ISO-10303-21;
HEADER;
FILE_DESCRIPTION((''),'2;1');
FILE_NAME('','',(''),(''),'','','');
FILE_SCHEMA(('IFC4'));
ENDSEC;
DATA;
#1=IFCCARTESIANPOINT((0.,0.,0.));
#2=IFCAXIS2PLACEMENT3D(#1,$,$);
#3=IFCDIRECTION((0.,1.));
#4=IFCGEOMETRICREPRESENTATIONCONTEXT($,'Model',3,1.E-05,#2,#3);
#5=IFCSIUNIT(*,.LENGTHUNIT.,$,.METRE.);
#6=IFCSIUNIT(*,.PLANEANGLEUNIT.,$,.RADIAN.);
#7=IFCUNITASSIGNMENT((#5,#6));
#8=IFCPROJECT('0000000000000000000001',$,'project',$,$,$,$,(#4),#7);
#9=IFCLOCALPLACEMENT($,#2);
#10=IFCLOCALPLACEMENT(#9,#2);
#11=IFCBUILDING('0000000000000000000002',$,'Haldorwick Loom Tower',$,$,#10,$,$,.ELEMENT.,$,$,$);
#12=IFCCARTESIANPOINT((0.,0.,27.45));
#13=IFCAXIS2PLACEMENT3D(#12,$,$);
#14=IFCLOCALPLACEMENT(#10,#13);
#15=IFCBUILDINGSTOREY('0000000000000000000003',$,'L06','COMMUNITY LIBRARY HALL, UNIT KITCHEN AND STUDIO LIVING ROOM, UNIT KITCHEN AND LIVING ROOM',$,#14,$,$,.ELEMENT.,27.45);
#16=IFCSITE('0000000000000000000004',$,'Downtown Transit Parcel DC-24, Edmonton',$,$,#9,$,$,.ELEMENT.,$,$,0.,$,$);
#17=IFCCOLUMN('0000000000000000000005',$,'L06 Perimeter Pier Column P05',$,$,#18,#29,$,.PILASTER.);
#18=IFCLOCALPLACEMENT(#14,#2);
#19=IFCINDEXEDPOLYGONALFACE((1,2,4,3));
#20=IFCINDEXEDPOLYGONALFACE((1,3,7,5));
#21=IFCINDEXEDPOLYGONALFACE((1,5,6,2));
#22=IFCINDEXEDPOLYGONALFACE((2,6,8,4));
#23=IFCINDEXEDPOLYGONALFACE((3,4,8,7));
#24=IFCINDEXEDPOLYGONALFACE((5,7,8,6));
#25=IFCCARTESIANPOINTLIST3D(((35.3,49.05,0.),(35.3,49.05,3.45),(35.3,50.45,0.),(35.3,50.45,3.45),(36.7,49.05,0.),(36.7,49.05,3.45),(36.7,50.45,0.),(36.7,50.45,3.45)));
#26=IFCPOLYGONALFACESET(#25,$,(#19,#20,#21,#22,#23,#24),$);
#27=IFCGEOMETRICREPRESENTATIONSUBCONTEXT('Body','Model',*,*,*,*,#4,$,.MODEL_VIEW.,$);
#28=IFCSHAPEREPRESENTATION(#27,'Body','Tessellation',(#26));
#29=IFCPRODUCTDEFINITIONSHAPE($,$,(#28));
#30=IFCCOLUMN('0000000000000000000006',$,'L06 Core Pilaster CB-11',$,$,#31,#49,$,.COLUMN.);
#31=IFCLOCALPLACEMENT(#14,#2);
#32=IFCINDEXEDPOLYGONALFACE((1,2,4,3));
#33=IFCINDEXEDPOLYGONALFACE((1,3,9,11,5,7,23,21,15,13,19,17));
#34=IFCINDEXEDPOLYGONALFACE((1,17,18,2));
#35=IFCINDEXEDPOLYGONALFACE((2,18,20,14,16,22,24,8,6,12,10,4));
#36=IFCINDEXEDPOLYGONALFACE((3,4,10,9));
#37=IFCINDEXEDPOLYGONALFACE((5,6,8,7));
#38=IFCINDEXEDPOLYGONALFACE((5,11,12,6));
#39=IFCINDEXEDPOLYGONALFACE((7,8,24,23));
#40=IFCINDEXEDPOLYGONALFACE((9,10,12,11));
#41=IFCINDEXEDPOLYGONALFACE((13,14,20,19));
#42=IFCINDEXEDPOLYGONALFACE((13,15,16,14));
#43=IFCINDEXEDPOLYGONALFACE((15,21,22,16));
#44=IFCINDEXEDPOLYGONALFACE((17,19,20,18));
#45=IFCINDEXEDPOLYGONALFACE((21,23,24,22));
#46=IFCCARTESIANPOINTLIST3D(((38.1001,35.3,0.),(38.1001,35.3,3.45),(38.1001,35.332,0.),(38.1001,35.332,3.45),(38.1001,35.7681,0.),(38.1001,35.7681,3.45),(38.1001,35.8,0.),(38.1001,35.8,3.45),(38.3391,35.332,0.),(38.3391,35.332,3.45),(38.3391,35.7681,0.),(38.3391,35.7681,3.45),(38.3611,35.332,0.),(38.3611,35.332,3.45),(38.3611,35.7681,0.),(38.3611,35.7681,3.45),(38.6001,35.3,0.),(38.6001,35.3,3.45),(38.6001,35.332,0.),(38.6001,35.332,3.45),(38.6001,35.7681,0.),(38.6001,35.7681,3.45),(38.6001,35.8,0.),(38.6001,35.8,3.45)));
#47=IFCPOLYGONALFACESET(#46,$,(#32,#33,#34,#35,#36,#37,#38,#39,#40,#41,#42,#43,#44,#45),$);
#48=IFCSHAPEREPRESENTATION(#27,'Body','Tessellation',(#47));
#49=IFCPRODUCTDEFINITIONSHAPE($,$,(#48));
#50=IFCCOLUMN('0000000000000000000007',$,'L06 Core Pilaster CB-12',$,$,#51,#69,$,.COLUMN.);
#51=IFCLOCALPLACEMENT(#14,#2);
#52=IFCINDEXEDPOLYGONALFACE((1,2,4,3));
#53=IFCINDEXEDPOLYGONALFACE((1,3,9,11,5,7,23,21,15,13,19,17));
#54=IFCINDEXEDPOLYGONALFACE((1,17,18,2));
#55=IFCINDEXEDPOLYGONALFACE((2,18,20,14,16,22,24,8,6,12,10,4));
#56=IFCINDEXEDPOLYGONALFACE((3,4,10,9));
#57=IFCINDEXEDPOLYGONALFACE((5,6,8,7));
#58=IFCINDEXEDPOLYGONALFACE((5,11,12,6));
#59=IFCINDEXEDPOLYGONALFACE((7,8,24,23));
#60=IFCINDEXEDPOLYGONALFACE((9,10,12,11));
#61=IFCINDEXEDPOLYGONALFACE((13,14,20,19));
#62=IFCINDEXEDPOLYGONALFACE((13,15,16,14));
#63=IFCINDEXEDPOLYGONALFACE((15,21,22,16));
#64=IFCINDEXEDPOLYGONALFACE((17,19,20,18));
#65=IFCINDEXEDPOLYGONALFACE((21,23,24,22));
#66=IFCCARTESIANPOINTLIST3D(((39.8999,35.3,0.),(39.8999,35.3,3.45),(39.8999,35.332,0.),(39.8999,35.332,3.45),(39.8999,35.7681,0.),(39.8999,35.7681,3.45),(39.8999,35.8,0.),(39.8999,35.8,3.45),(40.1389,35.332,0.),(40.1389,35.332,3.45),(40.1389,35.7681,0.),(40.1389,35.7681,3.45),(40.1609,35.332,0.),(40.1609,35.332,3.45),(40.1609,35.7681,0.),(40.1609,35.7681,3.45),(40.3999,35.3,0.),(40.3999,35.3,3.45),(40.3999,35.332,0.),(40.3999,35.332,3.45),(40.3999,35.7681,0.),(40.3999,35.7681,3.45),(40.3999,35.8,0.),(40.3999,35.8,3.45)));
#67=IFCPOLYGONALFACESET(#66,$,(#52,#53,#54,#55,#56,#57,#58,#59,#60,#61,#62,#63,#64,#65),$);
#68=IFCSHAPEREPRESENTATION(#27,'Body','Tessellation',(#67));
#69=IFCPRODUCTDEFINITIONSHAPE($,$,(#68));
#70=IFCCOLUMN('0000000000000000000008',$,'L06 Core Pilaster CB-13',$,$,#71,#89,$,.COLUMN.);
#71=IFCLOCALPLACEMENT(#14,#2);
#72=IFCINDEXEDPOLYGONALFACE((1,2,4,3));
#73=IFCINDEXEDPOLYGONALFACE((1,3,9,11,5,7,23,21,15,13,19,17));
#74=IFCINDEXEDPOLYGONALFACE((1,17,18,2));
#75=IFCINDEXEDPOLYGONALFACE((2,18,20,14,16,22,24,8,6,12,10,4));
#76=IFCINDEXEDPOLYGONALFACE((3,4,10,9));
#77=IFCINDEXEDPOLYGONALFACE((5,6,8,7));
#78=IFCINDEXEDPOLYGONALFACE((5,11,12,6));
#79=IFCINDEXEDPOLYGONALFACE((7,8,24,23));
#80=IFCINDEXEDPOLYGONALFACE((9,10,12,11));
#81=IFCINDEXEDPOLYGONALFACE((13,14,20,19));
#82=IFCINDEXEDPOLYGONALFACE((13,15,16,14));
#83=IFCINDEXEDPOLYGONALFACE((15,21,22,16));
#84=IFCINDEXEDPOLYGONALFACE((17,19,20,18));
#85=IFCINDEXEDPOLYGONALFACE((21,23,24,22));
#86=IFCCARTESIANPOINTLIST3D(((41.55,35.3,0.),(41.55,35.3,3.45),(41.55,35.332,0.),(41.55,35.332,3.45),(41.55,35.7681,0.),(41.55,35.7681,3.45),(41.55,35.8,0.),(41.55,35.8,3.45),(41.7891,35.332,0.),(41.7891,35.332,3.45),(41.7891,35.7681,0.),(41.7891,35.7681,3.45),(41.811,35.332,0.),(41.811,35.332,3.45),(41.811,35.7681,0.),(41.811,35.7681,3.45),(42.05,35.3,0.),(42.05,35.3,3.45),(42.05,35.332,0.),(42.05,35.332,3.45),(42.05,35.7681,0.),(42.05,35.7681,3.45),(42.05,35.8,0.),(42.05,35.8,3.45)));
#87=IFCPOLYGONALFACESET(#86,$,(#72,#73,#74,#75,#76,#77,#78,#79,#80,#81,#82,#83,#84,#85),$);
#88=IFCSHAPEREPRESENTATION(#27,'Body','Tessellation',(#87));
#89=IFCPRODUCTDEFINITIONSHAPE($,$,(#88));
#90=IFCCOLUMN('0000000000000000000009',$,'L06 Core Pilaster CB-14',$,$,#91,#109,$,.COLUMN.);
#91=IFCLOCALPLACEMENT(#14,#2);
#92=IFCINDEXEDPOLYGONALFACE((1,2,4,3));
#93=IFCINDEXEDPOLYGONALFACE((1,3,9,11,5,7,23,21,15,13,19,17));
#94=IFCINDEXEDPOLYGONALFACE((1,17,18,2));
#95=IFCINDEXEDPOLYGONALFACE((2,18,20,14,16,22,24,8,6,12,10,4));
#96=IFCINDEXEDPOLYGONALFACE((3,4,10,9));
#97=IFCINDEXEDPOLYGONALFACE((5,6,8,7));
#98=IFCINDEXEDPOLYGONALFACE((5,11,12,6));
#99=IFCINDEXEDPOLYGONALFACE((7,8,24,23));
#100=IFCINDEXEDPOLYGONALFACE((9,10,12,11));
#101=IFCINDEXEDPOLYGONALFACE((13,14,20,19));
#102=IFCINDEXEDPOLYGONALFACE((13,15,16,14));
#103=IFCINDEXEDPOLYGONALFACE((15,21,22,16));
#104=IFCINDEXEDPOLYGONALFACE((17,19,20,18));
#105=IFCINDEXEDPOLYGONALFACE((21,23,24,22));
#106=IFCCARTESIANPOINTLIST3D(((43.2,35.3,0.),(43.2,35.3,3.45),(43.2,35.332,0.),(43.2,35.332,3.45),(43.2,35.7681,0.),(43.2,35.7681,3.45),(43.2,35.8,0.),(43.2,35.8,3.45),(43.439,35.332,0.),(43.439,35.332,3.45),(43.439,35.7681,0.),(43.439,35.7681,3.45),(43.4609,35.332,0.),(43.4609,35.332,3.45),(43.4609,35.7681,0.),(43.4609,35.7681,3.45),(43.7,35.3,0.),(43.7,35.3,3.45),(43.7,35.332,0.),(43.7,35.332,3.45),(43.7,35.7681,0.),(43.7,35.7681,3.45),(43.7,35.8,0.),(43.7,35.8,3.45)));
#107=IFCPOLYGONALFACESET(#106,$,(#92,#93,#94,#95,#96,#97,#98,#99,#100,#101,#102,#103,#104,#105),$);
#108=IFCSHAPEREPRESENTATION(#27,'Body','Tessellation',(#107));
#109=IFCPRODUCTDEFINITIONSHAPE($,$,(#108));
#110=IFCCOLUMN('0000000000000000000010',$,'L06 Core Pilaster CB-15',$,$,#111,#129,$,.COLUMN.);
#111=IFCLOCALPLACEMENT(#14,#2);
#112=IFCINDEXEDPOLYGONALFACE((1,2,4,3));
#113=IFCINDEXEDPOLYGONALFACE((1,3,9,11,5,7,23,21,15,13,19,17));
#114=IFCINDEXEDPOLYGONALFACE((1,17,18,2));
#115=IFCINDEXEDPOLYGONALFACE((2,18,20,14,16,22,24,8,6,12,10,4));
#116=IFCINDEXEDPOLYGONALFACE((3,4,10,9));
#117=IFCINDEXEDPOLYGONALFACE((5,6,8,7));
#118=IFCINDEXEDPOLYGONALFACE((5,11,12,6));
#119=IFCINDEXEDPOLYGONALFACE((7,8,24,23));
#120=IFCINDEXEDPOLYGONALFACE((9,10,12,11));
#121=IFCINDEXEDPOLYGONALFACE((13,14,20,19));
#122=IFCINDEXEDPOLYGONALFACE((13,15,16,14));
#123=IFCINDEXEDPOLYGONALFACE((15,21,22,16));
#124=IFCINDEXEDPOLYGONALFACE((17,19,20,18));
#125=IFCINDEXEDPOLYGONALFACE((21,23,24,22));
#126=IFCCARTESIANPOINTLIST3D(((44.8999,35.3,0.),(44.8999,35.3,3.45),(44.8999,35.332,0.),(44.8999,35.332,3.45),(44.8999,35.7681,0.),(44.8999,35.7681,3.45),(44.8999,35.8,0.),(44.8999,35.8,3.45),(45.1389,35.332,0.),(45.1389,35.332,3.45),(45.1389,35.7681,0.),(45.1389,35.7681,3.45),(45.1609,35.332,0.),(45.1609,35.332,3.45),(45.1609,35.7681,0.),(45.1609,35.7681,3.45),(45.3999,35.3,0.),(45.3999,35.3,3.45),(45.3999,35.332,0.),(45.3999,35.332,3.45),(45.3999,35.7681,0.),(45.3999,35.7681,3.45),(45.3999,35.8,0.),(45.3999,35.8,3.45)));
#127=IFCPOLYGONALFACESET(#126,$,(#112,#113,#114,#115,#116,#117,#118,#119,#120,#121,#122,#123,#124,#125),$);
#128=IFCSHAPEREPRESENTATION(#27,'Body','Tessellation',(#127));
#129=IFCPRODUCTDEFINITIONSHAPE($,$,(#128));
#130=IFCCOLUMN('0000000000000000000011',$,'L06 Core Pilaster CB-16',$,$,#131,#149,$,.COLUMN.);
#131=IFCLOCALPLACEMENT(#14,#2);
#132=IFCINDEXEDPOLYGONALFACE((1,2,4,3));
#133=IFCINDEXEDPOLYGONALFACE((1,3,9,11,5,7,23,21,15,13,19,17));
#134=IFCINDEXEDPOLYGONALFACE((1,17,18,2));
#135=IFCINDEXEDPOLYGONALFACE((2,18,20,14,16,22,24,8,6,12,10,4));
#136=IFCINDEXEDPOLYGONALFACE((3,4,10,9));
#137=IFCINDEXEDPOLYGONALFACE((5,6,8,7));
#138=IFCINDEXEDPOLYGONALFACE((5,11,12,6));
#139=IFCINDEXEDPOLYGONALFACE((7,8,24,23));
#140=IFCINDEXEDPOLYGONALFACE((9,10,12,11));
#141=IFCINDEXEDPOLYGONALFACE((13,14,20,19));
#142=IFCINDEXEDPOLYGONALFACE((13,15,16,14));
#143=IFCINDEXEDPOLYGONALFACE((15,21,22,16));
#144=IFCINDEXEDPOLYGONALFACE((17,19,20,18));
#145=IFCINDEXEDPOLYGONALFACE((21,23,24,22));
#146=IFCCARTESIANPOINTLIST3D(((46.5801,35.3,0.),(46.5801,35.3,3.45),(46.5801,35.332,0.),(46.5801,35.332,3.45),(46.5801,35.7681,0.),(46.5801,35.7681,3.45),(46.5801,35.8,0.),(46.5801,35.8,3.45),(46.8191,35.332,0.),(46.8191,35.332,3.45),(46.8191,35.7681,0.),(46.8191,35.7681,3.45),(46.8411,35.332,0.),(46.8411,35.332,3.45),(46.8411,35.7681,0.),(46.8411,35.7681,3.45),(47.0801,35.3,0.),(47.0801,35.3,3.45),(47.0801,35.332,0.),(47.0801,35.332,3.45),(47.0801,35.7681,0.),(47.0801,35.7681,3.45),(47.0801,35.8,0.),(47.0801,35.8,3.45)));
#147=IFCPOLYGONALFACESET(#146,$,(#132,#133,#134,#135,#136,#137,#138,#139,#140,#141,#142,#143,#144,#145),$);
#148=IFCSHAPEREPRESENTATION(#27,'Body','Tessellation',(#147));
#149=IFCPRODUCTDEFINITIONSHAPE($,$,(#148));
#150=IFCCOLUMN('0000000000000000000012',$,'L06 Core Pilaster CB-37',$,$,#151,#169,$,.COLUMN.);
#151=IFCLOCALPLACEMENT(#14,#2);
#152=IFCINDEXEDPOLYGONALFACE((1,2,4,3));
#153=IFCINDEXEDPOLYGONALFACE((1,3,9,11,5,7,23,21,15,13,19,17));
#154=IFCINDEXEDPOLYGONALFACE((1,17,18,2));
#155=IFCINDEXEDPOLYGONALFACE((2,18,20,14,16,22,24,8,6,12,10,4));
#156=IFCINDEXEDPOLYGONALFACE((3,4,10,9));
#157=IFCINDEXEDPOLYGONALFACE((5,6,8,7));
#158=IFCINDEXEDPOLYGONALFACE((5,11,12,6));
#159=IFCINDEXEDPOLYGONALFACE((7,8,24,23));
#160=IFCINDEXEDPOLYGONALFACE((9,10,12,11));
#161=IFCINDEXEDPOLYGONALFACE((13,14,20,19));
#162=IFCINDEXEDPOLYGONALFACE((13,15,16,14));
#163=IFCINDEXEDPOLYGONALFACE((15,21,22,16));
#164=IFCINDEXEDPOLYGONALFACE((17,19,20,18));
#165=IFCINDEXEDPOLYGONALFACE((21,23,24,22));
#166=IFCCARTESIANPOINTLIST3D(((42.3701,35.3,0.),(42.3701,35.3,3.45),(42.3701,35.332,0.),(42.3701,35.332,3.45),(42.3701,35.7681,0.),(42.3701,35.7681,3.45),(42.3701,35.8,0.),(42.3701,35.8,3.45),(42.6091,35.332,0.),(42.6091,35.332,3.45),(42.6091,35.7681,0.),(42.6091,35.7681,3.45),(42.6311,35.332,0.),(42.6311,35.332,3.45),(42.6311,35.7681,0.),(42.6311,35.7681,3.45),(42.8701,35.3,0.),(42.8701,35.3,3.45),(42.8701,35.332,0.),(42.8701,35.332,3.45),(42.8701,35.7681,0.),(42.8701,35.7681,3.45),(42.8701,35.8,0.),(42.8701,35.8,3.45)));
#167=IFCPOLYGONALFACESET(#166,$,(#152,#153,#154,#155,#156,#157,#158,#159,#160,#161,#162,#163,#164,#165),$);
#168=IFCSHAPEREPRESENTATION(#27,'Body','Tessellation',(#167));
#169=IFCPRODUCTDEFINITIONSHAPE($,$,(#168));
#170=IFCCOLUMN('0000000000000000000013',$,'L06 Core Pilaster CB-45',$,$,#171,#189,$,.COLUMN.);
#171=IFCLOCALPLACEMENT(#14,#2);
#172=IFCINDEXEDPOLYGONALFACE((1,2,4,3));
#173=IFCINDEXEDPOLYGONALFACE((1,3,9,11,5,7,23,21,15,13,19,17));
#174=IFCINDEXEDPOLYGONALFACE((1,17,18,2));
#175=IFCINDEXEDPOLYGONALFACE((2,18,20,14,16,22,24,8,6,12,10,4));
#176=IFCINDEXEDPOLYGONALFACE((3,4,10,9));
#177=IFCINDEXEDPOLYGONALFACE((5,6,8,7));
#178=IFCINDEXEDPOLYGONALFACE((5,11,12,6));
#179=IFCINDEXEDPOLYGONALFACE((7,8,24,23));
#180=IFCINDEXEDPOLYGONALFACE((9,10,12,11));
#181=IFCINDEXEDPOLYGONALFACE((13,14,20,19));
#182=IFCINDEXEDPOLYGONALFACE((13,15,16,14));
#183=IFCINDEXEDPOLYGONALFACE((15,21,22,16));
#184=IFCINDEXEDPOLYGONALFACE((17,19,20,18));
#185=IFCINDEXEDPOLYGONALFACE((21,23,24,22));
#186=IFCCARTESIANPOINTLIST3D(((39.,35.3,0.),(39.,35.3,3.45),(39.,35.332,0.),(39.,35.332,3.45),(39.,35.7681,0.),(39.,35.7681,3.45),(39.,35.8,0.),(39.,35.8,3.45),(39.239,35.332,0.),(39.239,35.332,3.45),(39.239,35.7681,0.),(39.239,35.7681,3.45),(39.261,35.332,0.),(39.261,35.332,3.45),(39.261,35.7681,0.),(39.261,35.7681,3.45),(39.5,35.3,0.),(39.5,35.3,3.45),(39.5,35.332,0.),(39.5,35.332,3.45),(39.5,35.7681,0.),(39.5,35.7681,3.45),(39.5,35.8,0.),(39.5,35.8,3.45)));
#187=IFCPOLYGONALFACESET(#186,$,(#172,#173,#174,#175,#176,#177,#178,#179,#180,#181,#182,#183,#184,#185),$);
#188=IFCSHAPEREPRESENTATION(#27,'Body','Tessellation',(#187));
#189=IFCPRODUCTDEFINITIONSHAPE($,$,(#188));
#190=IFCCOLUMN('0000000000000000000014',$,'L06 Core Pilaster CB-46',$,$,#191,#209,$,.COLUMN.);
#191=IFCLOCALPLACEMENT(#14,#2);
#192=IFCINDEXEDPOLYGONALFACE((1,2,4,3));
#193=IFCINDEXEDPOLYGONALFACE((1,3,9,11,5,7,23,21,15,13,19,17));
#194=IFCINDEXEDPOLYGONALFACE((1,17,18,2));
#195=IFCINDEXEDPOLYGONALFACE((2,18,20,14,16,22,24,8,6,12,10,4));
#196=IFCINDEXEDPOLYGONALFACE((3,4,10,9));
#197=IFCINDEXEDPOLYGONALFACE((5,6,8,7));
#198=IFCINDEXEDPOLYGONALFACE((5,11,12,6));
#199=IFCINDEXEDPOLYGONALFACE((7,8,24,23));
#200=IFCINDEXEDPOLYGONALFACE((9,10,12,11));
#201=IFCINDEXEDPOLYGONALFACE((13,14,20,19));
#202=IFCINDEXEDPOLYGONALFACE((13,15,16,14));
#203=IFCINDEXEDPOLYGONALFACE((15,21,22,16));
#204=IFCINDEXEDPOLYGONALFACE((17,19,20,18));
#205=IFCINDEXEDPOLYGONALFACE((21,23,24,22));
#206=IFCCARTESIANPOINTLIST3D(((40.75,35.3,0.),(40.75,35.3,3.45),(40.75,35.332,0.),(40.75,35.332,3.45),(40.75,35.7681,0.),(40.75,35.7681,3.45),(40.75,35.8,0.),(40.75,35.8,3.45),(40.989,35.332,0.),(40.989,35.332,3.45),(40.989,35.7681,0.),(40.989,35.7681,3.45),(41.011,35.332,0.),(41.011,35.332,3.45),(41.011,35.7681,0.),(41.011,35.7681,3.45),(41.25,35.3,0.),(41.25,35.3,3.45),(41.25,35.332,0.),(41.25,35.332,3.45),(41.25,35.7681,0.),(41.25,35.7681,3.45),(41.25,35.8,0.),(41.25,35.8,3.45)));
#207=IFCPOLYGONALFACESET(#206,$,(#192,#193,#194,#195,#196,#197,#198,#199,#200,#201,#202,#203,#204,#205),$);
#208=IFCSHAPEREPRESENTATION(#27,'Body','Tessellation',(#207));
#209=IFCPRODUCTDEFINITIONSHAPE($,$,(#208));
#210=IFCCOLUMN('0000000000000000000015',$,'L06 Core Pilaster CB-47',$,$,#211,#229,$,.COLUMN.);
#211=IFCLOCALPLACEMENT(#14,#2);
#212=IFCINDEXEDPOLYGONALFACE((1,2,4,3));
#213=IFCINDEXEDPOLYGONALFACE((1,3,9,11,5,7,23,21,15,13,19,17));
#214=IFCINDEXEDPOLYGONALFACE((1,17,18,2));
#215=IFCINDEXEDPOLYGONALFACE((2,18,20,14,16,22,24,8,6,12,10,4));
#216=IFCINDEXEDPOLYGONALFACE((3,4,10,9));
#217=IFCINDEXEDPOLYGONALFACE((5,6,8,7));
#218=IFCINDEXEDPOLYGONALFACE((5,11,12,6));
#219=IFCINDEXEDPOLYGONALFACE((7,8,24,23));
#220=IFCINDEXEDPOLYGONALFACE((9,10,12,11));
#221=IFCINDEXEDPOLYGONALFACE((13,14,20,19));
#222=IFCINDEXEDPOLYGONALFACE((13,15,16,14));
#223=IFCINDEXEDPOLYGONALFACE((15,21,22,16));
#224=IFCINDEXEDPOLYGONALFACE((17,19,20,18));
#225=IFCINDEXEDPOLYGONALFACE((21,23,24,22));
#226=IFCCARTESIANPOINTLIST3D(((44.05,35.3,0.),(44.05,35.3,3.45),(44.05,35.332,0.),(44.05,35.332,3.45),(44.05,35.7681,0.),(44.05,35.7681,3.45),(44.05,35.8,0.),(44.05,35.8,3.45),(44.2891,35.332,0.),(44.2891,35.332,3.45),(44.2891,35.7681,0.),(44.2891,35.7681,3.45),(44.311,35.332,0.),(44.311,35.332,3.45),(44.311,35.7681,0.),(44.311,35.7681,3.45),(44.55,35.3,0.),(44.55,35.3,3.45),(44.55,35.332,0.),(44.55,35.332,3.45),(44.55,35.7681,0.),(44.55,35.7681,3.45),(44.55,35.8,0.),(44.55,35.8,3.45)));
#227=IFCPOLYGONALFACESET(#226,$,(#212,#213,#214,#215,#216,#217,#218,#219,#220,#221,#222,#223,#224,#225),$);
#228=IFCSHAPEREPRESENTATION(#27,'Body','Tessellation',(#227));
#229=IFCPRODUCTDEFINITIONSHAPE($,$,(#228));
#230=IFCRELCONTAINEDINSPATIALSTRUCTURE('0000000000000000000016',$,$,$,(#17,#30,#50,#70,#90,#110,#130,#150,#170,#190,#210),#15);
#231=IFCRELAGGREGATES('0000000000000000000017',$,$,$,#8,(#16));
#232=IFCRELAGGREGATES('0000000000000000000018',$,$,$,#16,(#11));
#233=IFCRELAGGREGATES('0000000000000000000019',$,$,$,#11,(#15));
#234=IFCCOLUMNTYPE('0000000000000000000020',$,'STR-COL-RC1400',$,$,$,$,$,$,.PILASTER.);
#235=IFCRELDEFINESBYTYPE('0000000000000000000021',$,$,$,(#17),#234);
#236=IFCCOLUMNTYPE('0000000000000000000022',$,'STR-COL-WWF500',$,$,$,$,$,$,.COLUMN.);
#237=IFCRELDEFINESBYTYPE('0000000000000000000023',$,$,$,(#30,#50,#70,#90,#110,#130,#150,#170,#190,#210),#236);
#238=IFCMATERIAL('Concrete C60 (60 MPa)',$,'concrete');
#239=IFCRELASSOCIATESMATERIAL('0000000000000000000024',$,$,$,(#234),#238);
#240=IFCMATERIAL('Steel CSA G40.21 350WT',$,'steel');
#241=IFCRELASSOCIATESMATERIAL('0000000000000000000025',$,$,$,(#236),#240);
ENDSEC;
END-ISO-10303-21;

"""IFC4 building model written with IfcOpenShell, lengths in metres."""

from ifc_helpers import new_model, si_unit, direction, frame, origin, origin_2d, place, context, subcontext, project, spatial, rectangle, i_section, extrude, material, material_profile, profile_set, type_object, element, save


model = new_model("IFC4")

# Units and contexts
model_context = context("Model", 3, precision=1e-05, world=origin(), true_north=direction((0.0, 1.0)))
body_context = subcontext(model_context, "Body", "Model", "MODEL_VIEW")
ifc_project = project(units=[si_unit("LENGTHUNIT", "METRE"), si_unit("PLANEANGLEUNIT", "RADIAN")], contexts=[model_context])

# Site, building, storey
site_placement = place(None, origin())
site = spatial("IfcSite", under=ifc_project, at=site_placement, Name="Downtown Transit Parcel DC-24, Edmonton", CompositionType="ELEMENT", RefElevation=0.0)
building_placement = place(site_placement, origin())
building = spatial("IfcBuilding", under=site, at=building_placement, Name="Haldorwick Loom Tower", CompositionType="ELEMENT")
storey_placement = place(building_placement, frame((0.0, 0.0, 27.45)))
storey = spatial("IfcBuildingStorey", under=building, at=storey_placement, Name="L06", Description="COMMUNITY LIBRARY HALL, UNIT KITCHEN AND STUDIO LIVING ROOM, UNIT KITCHEN AND LIVING ROOM", CompositionType="ELEMENT", Elevation=27.45)

# Columns
ifc_material_1 = material(Name="Concrete C60 (60 MPa)", Category="concrete")
ifc_material_profile_1 = material_profile(ifc_material_1, rectangle(XDim=1.3999, YDim=1.3999, at=origin_2d()), Name="RC1400X1400", Category="concrete")
ifc_profile_set_1 = profile_set([ifc_material_profile_1], Name="Concrete C60 (60 MPa)")
column_type_1 = type_object("IfcColumnType", Name="STR-COL-RC1400", PredefinedType="PILASTER", material=ifc_profile_set_1)
column_placement = place(storey_placement, frame((36.0, 49.75, 0.0), z_axis=(0.0, 0.0, 1.0), x_axis=(0.0, 1.0, 0.0)))
element("IfcColumn", 1, at=column_placement, inside=storey, type_object=column_type_1, Name="L06 Perimeter Pier Column P05", PredefinedType="PILASTER", context=body_context, shape_type="SweptSolid", body=[
    extrude(rectangle(XDim=1.3999, YDim=1.3999, at=origin_2d()), origin(), (0.0, 0.0, 1.0), 3.45),
])
ifc_material_2 = material(Name="Steel CSA G40.21 350WT", Category="steel")
ifc_material_profile_2 = material_profile(ifc_material_2, i_section(OverallWidth=0.5, OverallDepth=0.5, WebThickness=0.022, FlangeThickness=0.032, at=origin_2d()), Name="WWF500X500", Category="steel")
ifc_profile_set_2 = profile_set([ifc_material_profile_2], Name="Steel CSA G40.21 350WT")
column_type_2 = type_object("IfcColumnType", Name="STR-COL-WWF500", PredefinedType="COLUMN", material=ifc_profile_set_2)
for number, where, z_axis, x_axis, name in (
    (2, (38.3501, 35.55, 0.0), (0.0, 0.0, 1.0), (1.0, 0.0, 0.0), "L06 Core Pilaster CB-11"),
    (3, (40.1499, 35.55, 0.0), (0.0, 0.0, 1.0), (1.0, 0.0, 0.0), "L06 Core Pilaster CB-12"),
    (4, (41.8, 35.55, 0.0), (0.0, 0.0, 1.0), (1.0, 0.0, 0.0), "L06 Core Pilaster CB-13"),
    (5, (43.45, 35.55, 0.0), (0.0, 0.0, 1.0), (1.0, 0.0, 0.0), "L06 Core Pilaster CB-14"),
    (6, (45.1499, 35.55, 0.0), (0.0, 0.0, 1.0), (1.0, 0.0, 0.0), "L06 Core Pilaster CB-15"),
    (7, (46.8301, 35.55, 0.0), (0.0, 0.0, 1.0), (1.0, 0.0, 0.0), "L06 Core Pilaster CB-16"),
    (8, (42.6201, 35.55, 0.0), (0.0, 0.0, 1.0), (1.0, 0.0, 0.0), "L06 Core Pilaster CB-37"),
    (9, (39.25, 35.55, 0.0), (0.0, 0.0, 1.0), (1.0, 0.0, 0.0), "L06 Core Pilaster CB-45"),
    (10, (41.0, 35.55, 0.0), (0.0, 0.0, 1.0), (1.0, 0.0, 0.0), "L06 Core Pilaster CB-46"),
    (11, (44.3, 35.55, 0.0), (0.0, 0.0, 1.0), (1.0, 0.0, 0.0), "L06 Core Pilaster CB-47"),
):
    element("IfcColumn", number, at=place(storey_placement, frame(where, z_axis=z_axis, x_axis=x_axis)), inside=storey, type_object=column_type_2, Name=name, PredefinedType="COLUMN", context=body_context, shape_type="SweptSolid", body=[
        extrude(i_section(OverallWidth=0.5, OverallDepth=0.5, WebThickness=0.022, FlangeThickness=0.032, at=origin_2d()), origin(), (0.0, 0.0, 1.0), 3.45),
    ])

save(model, "model.ifc")
